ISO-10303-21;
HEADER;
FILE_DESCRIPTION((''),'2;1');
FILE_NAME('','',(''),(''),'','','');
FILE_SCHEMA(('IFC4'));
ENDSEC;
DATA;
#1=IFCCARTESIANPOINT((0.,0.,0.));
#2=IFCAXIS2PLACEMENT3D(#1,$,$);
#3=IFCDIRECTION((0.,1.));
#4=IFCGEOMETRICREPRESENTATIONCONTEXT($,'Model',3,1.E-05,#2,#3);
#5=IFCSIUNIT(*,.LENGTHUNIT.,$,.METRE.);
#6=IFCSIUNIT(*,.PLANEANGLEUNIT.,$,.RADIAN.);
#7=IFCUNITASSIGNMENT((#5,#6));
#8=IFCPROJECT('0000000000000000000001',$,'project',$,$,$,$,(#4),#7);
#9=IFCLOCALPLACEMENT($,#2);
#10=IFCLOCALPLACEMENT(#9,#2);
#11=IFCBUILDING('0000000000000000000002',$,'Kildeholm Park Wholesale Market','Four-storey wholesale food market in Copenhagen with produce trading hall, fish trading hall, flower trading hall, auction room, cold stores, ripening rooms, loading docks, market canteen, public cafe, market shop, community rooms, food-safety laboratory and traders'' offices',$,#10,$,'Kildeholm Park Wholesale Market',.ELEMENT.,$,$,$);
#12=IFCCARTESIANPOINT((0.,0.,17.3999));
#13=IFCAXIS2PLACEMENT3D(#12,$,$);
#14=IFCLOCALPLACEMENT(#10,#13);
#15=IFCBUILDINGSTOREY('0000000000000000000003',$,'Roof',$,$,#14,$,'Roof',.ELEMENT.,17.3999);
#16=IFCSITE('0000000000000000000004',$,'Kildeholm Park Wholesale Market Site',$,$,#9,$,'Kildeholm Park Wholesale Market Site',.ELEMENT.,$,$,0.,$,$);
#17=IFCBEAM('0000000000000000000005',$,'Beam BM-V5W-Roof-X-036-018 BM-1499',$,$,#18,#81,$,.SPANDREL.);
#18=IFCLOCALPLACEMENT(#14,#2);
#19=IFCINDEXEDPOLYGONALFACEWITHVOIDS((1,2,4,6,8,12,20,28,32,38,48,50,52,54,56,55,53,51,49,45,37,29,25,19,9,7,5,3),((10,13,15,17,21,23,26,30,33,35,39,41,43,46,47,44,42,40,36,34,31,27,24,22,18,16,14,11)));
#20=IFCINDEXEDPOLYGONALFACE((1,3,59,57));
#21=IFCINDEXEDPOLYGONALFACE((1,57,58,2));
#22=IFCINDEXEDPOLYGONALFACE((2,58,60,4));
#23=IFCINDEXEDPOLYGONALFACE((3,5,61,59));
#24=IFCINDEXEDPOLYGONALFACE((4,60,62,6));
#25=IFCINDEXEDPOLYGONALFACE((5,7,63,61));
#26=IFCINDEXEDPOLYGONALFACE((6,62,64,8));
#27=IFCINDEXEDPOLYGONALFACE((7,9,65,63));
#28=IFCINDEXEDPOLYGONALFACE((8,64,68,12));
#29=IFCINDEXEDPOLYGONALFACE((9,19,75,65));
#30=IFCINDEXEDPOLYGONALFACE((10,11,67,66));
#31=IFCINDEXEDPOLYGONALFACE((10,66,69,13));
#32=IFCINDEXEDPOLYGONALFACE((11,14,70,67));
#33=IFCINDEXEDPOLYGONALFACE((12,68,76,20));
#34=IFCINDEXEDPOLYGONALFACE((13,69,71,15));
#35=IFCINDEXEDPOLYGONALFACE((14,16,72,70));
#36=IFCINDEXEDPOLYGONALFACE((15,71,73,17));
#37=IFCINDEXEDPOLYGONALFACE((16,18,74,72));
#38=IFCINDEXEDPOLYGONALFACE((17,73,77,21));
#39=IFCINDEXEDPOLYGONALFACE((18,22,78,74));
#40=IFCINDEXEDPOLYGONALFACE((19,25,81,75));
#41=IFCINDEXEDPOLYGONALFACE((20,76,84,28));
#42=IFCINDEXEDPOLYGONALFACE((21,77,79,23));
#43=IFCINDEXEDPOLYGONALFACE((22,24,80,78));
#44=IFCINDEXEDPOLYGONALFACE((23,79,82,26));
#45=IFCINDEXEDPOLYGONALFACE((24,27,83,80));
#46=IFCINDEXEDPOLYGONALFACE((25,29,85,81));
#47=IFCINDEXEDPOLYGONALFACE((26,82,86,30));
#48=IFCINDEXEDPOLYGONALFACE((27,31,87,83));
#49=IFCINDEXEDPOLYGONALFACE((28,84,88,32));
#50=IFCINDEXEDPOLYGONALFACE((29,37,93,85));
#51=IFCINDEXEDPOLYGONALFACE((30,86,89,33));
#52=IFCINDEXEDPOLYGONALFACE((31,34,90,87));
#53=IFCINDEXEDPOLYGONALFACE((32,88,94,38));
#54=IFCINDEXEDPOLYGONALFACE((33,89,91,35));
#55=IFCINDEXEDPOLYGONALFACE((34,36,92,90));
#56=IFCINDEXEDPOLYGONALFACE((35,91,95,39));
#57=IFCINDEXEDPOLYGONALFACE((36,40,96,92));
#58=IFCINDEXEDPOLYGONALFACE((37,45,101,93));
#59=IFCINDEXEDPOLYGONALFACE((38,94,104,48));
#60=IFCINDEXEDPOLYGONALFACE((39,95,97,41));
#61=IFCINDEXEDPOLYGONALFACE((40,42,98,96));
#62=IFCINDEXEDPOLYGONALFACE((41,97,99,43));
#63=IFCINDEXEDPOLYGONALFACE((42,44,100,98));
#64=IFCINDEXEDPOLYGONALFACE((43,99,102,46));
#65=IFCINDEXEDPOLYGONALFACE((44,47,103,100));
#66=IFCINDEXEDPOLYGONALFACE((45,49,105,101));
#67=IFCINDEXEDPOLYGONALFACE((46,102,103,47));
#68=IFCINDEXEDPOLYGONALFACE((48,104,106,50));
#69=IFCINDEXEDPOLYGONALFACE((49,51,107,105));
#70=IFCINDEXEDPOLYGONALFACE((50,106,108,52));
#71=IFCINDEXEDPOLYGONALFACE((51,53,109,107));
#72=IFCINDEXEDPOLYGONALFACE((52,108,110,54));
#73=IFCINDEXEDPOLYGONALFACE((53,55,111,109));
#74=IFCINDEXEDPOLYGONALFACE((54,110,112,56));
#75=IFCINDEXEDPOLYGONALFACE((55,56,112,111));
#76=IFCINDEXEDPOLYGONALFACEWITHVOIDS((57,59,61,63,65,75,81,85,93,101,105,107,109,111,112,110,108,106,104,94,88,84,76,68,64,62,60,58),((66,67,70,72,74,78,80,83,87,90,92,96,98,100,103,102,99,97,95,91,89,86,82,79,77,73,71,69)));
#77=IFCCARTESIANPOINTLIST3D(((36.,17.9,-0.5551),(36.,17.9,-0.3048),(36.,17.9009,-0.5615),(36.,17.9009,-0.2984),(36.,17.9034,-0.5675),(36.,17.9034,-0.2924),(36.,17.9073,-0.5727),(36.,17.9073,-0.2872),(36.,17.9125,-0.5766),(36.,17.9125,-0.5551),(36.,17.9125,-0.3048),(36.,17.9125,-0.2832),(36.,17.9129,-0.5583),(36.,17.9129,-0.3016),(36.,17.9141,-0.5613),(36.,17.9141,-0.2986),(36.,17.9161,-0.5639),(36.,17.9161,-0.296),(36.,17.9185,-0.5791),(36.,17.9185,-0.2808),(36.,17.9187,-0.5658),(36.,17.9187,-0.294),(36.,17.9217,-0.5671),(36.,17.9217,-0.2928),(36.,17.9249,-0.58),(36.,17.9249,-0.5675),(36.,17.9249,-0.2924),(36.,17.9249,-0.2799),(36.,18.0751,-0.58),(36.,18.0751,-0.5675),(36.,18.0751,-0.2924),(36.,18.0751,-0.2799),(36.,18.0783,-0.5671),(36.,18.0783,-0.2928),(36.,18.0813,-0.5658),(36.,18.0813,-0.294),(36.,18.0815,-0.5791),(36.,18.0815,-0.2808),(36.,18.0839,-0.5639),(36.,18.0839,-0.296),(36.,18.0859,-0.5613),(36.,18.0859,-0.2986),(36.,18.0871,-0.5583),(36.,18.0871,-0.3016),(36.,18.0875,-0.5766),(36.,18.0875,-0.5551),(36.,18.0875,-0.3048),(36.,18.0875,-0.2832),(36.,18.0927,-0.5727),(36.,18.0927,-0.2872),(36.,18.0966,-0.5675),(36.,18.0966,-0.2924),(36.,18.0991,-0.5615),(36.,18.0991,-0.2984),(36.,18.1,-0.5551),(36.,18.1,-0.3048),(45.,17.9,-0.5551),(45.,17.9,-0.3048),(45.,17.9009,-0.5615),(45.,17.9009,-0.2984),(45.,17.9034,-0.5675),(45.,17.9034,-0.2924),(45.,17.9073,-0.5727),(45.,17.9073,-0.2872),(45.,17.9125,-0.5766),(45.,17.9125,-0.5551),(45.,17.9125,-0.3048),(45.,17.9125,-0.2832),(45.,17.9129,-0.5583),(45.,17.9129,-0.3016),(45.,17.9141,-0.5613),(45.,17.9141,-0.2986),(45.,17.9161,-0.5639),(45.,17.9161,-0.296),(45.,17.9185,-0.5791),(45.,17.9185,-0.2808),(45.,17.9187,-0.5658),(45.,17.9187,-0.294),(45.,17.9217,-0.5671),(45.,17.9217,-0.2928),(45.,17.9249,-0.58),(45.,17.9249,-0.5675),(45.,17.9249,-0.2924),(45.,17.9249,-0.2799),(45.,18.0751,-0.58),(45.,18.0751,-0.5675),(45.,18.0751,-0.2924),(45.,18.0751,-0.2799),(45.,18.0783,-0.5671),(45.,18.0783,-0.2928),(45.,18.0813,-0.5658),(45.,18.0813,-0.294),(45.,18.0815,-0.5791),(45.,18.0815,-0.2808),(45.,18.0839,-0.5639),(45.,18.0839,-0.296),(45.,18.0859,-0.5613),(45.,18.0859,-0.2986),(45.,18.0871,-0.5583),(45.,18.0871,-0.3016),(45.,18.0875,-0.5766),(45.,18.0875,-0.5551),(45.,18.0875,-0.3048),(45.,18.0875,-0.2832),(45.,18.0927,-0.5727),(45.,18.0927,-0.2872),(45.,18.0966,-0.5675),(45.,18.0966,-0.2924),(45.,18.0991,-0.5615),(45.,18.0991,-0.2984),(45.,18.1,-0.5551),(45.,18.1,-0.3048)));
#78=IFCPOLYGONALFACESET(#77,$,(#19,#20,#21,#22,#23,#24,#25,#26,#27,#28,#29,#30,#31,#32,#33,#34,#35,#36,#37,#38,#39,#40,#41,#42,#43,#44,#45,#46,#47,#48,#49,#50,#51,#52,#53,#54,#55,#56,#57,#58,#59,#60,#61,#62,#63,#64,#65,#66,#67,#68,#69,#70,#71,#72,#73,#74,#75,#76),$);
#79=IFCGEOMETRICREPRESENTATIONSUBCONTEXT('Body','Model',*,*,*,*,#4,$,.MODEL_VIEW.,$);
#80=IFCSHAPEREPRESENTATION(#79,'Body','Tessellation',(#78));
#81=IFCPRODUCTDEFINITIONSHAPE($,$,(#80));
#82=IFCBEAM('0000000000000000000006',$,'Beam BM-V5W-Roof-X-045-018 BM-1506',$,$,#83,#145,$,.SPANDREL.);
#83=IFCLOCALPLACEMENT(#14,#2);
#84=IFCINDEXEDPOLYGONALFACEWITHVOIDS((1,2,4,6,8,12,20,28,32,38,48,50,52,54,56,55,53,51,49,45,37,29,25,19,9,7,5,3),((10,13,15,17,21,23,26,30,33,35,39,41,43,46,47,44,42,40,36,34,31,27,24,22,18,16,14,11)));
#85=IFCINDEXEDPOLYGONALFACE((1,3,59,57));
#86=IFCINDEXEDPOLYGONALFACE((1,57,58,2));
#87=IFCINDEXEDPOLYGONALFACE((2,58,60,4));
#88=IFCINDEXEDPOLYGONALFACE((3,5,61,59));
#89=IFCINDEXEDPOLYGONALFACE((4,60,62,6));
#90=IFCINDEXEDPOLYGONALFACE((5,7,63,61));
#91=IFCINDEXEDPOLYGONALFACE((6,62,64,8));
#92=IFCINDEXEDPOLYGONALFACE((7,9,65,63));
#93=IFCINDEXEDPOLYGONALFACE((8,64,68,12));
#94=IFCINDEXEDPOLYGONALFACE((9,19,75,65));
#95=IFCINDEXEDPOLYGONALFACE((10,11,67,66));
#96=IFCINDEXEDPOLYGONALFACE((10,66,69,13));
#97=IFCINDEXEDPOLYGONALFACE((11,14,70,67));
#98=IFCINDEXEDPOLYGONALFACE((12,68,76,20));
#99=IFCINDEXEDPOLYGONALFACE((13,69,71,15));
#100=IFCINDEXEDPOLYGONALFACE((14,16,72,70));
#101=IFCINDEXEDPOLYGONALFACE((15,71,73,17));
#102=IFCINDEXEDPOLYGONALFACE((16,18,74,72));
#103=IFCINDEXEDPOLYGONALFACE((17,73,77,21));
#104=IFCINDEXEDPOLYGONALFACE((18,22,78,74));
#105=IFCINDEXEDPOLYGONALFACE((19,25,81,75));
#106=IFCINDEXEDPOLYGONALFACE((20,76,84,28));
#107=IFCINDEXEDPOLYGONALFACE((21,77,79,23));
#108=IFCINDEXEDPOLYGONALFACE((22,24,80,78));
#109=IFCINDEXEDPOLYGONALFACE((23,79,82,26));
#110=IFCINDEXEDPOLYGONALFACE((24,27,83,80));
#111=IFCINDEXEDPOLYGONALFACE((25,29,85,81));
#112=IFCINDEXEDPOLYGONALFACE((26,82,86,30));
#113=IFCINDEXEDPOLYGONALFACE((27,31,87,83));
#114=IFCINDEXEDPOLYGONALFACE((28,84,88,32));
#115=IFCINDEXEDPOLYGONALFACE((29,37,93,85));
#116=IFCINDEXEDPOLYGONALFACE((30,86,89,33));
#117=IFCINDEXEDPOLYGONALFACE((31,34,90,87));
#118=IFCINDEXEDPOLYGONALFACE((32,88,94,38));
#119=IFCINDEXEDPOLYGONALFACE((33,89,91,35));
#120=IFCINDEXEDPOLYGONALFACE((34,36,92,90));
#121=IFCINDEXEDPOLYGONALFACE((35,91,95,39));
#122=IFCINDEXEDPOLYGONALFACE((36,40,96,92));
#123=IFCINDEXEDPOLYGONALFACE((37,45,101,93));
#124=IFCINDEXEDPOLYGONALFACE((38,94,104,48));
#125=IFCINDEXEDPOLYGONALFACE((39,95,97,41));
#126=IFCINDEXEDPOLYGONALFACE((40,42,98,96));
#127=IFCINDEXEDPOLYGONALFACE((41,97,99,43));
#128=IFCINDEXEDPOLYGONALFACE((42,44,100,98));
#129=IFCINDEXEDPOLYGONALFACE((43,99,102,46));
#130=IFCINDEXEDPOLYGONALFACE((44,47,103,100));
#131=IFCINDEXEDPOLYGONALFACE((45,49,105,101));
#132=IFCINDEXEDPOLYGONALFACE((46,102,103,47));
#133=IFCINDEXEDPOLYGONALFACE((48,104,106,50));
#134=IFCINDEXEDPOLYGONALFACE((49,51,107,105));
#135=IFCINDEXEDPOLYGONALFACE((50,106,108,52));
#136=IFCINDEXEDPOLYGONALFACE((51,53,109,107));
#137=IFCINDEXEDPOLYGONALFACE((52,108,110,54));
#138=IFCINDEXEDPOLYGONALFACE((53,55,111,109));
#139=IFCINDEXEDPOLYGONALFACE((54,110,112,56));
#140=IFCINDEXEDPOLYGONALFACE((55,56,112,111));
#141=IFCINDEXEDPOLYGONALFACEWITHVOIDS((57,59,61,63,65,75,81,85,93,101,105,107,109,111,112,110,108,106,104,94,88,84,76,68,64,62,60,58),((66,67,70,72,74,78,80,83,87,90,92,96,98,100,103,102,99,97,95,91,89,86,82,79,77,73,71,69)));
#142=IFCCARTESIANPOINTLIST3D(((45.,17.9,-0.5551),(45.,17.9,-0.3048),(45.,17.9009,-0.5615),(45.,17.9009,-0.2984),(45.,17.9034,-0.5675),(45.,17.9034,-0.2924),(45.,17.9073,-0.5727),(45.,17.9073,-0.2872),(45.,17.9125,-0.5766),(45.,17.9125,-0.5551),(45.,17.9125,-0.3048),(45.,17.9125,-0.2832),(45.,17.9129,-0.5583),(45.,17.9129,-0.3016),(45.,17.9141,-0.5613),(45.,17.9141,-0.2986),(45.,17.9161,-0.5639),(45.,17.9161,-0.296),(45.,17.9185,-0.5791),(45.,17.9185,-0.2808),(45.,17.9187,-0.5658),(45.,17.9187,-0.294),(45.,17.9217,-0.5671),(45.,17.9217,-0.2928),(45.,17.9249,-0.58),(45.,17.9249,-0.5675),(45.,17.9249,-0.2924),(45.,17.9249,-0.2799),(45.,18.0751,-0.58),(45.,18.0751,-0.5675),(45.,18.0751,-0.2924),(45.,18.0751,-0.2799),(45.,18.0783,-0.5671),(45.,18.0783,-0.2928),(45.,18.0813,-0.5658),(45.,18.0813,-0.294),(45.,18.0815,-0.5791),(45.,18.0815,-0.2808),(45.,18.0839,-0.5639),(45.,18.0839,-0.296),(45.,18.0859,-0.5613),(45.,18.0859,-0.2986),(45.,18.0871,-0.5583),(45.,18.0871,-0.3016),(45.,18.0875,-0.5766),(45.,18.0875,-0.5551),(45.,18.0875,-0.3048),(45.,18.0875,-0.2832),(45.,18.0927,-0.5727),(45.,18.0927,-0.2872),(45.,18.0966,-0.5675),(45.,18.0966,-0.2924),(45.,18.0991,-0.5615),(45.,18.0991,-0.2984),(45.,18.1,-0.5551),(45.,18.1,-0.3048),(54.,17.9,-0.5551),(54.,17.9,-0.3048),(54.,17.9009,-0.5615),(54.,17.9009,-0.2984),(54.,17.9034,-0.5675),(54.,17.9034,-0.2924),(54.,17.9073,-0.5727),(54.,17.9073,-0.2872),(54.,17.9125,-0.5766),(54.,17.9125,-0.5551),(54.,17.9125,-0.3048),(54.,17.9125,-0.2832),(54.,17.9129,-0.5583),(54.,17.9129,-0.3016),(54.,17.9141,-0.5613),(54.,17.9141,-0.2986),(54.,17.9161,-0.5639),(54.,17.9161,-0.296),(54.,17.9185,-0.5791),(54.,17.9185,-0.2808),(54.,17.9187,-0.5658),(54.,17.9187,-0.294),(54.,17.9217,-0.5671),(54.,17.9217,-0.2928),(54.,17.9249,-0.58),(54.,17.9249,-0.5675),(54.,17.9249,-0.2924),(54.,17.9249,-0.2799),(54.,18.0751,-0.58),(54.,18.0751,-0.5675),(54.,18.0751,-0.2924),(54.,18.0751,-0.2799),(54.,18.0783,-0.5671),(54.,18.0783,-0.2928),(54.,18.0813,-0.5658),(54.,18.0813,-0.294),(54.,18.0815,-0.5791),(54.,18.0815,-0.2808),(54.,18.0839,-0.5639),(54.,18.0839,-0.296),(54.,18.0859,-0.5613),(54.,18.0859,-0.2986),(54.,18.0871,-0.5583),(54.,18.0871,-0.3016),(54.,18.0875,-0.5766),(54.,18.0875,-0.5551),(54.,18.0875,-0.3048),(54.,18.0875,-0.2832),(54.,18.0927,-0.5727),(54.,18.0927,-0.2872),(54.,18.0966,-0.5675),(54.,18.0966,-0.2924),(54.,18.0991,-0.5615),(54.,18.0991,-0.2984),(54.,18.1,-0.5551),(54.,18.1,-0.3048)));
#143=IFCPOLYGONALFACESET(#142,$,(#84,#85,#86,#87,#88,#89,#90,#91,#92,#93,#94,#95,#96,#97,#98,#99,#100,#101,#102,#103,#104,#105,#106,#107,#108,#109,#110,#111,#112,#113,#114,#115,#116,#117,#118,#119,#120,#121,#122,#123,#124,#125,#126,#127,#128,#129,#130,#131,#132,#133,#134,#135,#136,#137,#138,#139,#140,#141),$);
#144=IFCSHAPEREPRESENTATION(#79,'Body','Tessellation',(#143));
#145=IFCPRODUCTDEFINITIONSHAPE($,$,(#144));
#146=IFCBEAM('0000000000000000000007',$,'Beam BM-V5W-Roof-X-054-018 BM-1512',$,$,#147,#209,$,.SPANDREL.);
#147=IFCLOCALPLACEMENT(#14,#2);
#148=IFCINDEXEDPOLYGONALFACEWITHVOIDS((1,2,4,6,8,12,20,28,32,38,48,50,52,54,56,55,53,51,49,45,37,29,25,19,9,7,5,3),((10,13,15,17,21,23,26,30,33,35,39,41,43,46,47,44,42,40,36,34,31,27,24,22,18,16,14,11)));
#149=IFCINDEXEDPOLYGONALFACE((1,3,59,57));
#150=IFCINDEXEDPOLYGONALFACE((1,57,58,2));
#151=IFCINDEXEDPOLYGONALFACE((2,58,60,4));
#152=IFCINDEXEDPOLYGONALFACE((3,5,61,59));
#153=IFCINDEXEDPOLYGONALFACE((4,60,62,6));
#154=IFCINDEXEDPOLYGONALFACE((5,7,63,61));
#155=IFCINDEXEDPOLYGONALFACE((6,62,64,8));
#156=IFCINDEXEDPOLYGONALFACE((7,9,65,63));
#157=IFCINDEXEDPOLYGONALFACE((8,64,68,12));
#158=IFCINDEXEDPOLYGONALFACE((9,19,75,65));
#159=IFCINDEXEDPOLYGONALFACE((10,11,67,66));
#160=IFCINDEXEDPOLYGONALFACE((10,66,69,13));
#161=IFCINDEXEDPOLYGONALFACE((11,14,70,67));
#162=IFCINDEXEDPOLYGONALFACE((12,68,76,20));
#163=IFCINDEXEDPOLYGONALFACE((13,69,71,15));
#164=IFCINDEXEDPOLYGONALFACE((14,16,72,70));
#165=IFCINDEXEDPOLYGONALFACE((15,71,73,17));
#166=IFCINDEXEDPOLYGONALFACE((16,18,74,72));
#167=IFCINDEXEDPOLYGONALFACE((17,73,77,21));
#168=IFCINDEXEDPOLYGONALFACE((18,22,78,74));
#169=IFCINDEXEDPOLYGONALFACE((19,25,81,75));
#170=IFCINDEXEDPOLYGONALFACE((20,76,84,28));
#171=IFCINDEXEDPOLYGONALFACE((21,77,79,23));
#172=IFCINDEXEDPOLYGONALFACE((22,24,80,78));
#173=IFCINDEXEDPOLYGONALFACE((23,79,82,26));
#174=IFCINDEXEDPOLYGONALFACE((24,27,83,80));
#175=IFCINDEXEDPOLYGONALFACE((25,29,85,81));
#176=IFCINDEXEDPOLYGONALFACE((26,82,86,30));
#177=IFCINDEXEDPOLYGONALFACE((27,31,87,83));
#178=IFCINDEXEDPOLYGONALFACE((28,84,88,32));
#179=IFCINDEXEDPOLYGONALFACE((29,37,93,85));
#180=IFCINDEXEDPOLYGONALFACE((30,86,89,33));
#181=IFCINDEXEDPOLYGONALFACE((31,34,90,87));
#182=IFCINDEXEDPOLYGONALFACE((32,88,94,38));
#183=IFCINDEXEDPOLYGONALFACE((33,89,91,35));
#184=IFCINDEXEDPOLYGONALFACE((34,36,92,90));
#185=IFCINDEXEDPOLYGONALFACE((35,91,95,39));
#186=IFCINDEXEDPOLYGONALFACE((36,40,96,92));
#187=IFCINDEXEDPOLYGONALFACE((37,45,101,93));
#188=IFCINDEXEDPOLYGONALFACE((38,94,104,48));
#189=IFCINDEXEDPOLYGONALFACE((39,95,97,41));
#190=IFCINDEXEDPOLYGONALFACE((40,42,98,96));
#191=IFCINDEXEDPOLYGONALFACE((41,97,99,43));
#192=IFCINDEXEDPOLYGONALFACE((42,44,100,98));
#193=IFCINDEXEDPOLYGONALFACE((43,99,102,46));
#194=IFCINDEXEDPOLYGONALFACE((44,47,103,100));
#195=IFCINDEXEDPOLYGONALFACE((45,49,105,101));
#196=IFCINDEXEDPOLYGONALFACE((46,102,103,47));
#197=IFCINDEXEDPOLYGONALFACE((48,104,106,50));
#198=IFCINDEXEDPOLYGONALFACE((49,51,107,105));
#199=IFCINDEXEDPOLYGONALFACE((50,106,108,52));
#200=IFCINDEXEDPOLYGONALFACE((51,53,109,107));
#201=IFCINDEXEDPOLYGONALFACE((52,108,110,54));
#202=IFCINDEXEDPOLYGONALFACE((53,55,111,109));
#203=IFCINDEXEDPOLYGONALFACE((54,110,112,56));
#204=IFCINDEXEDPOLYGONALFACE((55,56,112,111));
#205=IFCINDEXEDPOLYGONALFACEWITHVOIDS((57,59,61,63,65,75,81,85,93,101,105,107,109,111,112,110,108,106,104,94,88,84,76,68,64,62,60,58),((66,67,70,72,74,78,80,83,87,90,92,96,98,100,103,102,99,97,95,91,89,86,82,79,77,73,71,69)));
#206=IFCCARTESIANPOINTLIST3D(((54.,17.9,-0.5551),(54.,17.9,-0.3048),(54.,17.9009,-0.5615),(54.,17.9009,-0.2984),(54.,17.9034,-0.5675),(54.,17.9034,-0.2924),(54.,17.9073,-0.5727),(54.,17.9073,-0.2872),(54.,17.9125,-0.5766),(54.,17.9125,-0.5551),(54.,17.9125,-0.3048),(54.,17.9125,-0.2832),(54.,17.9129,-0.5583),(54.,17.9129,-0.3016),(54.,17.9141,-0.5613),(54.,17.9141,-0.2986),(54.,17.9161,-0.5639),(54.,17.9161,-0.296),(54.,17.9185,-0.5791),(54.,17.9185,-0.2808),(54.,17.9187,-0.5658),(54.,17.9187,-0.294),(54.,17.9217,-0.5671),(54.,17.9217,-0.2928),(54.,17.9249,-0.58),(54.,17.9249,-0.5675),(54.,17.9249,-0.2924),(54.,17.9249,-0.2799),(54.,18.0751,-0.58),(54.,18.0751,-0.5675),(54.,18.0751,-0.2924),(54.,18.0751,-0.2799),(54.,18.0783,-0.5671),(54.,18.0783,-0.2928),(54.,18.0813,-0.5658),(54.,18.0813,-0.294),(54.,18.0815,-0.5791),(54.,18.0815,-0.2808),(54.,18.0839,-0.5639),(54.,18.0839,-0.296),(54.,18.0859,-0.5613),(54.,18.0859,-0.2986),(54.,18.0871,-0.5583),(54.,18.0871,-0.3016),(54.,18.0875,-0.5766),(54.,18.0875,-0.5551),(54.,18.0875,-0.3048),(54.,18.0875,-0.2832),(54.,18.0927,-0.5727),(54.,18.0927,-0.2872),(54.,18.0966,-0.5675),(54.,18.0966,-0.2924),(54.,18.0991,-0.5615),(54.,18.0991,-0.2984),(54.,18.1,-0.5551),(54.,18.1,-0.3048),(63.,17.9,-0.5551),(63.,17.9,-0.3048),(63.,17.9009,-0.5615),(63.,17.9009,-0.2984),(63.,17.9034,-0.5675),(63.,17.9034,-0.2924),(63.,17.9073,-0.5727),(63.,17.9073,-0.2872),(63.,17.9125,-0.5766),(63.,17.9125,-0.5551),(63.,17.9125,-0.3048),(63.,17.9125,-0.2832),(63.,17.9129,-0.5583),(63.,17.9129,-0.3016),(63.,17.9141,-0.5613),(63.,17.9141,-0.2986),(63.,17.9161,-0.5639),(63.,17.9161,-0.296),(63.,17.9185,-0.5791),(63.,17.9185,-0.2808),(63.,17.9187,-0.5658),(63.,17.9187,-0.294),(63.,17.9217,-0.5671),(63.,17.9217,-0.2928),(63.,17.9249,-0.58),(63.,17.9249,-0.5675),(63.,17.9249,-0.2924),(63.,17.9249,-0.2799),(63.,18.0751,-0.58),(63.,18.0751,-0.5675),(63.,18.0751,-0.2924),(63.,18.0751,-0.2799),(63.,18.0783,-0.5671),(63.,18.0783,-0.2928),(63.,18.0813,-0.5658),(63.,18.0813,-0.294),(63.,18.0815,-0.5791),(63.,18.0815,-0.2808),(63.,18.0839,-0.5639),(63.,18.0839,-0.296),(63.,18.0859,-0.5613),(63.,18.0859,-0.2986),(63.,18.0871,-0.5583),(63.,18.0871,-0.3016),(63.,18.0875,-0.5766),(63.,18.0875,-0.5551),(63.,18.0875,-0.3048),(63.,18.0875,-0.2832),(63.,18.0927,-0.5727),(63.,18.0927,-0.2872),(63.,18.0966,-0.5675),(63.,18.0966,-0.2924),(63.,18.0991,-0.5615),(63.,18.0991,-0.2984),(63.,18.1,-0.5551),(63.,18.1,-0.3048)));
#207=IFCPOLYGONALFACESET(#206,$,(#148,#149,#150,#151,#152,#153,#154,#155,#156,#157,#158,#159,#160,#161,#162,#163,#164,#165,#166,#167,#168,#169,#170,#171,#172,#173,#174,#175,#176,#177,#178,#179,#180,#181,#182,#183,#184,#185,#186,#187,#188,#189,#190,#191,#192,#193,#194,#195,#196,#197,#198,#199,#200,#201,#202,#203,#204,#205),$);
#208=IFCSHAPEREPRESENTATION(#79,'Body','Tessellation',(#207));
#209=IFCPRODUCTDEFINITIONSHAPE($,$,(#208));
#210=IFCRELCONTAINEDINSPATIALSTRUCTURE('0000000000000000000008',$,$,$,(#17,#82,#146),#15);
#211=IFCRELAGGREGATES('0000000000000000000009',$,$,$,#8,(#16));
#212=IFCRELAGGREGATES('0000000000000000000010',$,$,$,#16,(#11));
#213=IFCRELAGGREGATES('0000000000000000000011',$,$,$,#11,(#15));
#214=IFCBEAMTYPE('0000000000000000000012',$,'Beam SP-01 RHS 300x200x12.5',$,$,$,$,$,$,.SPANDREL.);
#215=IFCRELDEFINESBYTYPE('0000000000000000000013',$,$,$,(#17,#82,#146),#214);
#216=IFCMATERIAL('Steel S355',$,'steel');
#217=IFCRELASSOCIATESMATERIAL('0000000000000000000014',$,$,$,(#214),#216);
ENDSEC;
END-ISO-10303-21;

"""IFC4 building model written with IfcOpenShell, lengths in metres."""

from ifc_helpers import new_model, si_unit, direction, frame, origin, origin_2d, place, context, subcontext, project, spatial, hollow_rectangle, extrude, material, material_profile, profile_set, type_object, element, save


model = new_model("IFC4")

# Units and contexts
model_context = context("Model", 3, precision=1e-05, world=origin(), true_north=direction((0.0, 1.0)))
body_context = subcontext(model_context, "Body", "Model", "MODEL_VIEW")
ifc_project = project(units=[si_unit("LENGTHUNIT", "METRE"), si_unit("PLANEANGLEUNIT", "RADIAN")], contexts=[model_context])

# Site, building, storey
site_placement = place(None, origin())
site = spatial("IfcSite", under=ifc_project, at=site_placement, Name="Kildeholm Park Wholesale Market Site", LongName="Kildeholm Park Wholesale Market Site", CompositionType="ELEMENT", RefElevation=0.0)
building_placement = place(site_placement, origin())
building = spatial("IfcBuilding", under=site, at=building_placement, Name="Kildeholm Park Wholesale Market", Description="Four-storey wholesale food market in Copenhagen with produce trading hall, fish trading hall, flower trading hall, auction room, cold stores, ripening rooms, loading docks, market canteen, public cafe, market shop, community rooms, food-safety laboratory and traders' offices", LongName="Kildeholm Park Wholesale Market", CompositionType="ELEMENT")
storey_placement = place(building_placement, frame((0.0, 0.0, 17.3999)))
storey = spatial("IfcBuildingStorey", under=building, at=storey_placement, Name="Roof", LongName="Roof", CompositionType="ELEMENT", Elevation=17.3999)

# Beams
ifc_material_1 = material(Name="Steel S355", Category="steel")
ifc_material_profile_1 = material_profile(ifc_material_1, hollow_rectangle(XDim=0.2, YDim=0.3, WallThickness=0.0125, InnerFilletRadius=0.0125, OuterFilletRadius=0.0249, at=origin_2d()), Name="RHS 300x200x12.5")
ifc_profile_set_1 = profile_set([ifc_material_profile_1], Name="Steel S355")
beam_type_1 = type_object("IfcBeamType", Name="Beam SP-01 RHS 300x200x12.5", PredefinedType="SPANDREL", material=ifc_profile_set_1)
for number, where, z_axis, x_axis, name in (
    (1, (36.0, 18.0, -0.4299), (1.0, 0.0, 0.0), (0.0, 1.0, 0.0), "Beam BM-V5W-Roof-X-036-018 BM-1499"),
    (2, (45.0, 18.0, -0.4299), (1.0, 0.0, 0.0), (0.0, 1.0, 0.0), "Beam BM-V5W-Roof-X-045-018 BM-1506"),
    (3, (54.0, 18.0, -0.4299), (1.0, 0.0, 0.0), (0.0, 1.0, 0.0), "Beam BM-V5W-Roof-X-054-018 BM-1512"),
):
    element("IfcBeam", number, at=place(storey_placement, frame(where, z_axis=z_axis, x_axis=x_axis)), inside=storey, type_object=beam_type_1, Name=name, PredefinedType="SPANDREL", context=body_context, shape_type="SweptSolid", body=[
        extrude(hollow_rectangle(XDim=0.2, YDim=0.3, WallThickness=0.0125, InnerFilletRadius=0.0125, OuterFilletRadius=0.0249, at=origin_2d()), origin(), (0.0, 0.0, 1.0), 9.0),
    ])

save(model, "model.ifc")
